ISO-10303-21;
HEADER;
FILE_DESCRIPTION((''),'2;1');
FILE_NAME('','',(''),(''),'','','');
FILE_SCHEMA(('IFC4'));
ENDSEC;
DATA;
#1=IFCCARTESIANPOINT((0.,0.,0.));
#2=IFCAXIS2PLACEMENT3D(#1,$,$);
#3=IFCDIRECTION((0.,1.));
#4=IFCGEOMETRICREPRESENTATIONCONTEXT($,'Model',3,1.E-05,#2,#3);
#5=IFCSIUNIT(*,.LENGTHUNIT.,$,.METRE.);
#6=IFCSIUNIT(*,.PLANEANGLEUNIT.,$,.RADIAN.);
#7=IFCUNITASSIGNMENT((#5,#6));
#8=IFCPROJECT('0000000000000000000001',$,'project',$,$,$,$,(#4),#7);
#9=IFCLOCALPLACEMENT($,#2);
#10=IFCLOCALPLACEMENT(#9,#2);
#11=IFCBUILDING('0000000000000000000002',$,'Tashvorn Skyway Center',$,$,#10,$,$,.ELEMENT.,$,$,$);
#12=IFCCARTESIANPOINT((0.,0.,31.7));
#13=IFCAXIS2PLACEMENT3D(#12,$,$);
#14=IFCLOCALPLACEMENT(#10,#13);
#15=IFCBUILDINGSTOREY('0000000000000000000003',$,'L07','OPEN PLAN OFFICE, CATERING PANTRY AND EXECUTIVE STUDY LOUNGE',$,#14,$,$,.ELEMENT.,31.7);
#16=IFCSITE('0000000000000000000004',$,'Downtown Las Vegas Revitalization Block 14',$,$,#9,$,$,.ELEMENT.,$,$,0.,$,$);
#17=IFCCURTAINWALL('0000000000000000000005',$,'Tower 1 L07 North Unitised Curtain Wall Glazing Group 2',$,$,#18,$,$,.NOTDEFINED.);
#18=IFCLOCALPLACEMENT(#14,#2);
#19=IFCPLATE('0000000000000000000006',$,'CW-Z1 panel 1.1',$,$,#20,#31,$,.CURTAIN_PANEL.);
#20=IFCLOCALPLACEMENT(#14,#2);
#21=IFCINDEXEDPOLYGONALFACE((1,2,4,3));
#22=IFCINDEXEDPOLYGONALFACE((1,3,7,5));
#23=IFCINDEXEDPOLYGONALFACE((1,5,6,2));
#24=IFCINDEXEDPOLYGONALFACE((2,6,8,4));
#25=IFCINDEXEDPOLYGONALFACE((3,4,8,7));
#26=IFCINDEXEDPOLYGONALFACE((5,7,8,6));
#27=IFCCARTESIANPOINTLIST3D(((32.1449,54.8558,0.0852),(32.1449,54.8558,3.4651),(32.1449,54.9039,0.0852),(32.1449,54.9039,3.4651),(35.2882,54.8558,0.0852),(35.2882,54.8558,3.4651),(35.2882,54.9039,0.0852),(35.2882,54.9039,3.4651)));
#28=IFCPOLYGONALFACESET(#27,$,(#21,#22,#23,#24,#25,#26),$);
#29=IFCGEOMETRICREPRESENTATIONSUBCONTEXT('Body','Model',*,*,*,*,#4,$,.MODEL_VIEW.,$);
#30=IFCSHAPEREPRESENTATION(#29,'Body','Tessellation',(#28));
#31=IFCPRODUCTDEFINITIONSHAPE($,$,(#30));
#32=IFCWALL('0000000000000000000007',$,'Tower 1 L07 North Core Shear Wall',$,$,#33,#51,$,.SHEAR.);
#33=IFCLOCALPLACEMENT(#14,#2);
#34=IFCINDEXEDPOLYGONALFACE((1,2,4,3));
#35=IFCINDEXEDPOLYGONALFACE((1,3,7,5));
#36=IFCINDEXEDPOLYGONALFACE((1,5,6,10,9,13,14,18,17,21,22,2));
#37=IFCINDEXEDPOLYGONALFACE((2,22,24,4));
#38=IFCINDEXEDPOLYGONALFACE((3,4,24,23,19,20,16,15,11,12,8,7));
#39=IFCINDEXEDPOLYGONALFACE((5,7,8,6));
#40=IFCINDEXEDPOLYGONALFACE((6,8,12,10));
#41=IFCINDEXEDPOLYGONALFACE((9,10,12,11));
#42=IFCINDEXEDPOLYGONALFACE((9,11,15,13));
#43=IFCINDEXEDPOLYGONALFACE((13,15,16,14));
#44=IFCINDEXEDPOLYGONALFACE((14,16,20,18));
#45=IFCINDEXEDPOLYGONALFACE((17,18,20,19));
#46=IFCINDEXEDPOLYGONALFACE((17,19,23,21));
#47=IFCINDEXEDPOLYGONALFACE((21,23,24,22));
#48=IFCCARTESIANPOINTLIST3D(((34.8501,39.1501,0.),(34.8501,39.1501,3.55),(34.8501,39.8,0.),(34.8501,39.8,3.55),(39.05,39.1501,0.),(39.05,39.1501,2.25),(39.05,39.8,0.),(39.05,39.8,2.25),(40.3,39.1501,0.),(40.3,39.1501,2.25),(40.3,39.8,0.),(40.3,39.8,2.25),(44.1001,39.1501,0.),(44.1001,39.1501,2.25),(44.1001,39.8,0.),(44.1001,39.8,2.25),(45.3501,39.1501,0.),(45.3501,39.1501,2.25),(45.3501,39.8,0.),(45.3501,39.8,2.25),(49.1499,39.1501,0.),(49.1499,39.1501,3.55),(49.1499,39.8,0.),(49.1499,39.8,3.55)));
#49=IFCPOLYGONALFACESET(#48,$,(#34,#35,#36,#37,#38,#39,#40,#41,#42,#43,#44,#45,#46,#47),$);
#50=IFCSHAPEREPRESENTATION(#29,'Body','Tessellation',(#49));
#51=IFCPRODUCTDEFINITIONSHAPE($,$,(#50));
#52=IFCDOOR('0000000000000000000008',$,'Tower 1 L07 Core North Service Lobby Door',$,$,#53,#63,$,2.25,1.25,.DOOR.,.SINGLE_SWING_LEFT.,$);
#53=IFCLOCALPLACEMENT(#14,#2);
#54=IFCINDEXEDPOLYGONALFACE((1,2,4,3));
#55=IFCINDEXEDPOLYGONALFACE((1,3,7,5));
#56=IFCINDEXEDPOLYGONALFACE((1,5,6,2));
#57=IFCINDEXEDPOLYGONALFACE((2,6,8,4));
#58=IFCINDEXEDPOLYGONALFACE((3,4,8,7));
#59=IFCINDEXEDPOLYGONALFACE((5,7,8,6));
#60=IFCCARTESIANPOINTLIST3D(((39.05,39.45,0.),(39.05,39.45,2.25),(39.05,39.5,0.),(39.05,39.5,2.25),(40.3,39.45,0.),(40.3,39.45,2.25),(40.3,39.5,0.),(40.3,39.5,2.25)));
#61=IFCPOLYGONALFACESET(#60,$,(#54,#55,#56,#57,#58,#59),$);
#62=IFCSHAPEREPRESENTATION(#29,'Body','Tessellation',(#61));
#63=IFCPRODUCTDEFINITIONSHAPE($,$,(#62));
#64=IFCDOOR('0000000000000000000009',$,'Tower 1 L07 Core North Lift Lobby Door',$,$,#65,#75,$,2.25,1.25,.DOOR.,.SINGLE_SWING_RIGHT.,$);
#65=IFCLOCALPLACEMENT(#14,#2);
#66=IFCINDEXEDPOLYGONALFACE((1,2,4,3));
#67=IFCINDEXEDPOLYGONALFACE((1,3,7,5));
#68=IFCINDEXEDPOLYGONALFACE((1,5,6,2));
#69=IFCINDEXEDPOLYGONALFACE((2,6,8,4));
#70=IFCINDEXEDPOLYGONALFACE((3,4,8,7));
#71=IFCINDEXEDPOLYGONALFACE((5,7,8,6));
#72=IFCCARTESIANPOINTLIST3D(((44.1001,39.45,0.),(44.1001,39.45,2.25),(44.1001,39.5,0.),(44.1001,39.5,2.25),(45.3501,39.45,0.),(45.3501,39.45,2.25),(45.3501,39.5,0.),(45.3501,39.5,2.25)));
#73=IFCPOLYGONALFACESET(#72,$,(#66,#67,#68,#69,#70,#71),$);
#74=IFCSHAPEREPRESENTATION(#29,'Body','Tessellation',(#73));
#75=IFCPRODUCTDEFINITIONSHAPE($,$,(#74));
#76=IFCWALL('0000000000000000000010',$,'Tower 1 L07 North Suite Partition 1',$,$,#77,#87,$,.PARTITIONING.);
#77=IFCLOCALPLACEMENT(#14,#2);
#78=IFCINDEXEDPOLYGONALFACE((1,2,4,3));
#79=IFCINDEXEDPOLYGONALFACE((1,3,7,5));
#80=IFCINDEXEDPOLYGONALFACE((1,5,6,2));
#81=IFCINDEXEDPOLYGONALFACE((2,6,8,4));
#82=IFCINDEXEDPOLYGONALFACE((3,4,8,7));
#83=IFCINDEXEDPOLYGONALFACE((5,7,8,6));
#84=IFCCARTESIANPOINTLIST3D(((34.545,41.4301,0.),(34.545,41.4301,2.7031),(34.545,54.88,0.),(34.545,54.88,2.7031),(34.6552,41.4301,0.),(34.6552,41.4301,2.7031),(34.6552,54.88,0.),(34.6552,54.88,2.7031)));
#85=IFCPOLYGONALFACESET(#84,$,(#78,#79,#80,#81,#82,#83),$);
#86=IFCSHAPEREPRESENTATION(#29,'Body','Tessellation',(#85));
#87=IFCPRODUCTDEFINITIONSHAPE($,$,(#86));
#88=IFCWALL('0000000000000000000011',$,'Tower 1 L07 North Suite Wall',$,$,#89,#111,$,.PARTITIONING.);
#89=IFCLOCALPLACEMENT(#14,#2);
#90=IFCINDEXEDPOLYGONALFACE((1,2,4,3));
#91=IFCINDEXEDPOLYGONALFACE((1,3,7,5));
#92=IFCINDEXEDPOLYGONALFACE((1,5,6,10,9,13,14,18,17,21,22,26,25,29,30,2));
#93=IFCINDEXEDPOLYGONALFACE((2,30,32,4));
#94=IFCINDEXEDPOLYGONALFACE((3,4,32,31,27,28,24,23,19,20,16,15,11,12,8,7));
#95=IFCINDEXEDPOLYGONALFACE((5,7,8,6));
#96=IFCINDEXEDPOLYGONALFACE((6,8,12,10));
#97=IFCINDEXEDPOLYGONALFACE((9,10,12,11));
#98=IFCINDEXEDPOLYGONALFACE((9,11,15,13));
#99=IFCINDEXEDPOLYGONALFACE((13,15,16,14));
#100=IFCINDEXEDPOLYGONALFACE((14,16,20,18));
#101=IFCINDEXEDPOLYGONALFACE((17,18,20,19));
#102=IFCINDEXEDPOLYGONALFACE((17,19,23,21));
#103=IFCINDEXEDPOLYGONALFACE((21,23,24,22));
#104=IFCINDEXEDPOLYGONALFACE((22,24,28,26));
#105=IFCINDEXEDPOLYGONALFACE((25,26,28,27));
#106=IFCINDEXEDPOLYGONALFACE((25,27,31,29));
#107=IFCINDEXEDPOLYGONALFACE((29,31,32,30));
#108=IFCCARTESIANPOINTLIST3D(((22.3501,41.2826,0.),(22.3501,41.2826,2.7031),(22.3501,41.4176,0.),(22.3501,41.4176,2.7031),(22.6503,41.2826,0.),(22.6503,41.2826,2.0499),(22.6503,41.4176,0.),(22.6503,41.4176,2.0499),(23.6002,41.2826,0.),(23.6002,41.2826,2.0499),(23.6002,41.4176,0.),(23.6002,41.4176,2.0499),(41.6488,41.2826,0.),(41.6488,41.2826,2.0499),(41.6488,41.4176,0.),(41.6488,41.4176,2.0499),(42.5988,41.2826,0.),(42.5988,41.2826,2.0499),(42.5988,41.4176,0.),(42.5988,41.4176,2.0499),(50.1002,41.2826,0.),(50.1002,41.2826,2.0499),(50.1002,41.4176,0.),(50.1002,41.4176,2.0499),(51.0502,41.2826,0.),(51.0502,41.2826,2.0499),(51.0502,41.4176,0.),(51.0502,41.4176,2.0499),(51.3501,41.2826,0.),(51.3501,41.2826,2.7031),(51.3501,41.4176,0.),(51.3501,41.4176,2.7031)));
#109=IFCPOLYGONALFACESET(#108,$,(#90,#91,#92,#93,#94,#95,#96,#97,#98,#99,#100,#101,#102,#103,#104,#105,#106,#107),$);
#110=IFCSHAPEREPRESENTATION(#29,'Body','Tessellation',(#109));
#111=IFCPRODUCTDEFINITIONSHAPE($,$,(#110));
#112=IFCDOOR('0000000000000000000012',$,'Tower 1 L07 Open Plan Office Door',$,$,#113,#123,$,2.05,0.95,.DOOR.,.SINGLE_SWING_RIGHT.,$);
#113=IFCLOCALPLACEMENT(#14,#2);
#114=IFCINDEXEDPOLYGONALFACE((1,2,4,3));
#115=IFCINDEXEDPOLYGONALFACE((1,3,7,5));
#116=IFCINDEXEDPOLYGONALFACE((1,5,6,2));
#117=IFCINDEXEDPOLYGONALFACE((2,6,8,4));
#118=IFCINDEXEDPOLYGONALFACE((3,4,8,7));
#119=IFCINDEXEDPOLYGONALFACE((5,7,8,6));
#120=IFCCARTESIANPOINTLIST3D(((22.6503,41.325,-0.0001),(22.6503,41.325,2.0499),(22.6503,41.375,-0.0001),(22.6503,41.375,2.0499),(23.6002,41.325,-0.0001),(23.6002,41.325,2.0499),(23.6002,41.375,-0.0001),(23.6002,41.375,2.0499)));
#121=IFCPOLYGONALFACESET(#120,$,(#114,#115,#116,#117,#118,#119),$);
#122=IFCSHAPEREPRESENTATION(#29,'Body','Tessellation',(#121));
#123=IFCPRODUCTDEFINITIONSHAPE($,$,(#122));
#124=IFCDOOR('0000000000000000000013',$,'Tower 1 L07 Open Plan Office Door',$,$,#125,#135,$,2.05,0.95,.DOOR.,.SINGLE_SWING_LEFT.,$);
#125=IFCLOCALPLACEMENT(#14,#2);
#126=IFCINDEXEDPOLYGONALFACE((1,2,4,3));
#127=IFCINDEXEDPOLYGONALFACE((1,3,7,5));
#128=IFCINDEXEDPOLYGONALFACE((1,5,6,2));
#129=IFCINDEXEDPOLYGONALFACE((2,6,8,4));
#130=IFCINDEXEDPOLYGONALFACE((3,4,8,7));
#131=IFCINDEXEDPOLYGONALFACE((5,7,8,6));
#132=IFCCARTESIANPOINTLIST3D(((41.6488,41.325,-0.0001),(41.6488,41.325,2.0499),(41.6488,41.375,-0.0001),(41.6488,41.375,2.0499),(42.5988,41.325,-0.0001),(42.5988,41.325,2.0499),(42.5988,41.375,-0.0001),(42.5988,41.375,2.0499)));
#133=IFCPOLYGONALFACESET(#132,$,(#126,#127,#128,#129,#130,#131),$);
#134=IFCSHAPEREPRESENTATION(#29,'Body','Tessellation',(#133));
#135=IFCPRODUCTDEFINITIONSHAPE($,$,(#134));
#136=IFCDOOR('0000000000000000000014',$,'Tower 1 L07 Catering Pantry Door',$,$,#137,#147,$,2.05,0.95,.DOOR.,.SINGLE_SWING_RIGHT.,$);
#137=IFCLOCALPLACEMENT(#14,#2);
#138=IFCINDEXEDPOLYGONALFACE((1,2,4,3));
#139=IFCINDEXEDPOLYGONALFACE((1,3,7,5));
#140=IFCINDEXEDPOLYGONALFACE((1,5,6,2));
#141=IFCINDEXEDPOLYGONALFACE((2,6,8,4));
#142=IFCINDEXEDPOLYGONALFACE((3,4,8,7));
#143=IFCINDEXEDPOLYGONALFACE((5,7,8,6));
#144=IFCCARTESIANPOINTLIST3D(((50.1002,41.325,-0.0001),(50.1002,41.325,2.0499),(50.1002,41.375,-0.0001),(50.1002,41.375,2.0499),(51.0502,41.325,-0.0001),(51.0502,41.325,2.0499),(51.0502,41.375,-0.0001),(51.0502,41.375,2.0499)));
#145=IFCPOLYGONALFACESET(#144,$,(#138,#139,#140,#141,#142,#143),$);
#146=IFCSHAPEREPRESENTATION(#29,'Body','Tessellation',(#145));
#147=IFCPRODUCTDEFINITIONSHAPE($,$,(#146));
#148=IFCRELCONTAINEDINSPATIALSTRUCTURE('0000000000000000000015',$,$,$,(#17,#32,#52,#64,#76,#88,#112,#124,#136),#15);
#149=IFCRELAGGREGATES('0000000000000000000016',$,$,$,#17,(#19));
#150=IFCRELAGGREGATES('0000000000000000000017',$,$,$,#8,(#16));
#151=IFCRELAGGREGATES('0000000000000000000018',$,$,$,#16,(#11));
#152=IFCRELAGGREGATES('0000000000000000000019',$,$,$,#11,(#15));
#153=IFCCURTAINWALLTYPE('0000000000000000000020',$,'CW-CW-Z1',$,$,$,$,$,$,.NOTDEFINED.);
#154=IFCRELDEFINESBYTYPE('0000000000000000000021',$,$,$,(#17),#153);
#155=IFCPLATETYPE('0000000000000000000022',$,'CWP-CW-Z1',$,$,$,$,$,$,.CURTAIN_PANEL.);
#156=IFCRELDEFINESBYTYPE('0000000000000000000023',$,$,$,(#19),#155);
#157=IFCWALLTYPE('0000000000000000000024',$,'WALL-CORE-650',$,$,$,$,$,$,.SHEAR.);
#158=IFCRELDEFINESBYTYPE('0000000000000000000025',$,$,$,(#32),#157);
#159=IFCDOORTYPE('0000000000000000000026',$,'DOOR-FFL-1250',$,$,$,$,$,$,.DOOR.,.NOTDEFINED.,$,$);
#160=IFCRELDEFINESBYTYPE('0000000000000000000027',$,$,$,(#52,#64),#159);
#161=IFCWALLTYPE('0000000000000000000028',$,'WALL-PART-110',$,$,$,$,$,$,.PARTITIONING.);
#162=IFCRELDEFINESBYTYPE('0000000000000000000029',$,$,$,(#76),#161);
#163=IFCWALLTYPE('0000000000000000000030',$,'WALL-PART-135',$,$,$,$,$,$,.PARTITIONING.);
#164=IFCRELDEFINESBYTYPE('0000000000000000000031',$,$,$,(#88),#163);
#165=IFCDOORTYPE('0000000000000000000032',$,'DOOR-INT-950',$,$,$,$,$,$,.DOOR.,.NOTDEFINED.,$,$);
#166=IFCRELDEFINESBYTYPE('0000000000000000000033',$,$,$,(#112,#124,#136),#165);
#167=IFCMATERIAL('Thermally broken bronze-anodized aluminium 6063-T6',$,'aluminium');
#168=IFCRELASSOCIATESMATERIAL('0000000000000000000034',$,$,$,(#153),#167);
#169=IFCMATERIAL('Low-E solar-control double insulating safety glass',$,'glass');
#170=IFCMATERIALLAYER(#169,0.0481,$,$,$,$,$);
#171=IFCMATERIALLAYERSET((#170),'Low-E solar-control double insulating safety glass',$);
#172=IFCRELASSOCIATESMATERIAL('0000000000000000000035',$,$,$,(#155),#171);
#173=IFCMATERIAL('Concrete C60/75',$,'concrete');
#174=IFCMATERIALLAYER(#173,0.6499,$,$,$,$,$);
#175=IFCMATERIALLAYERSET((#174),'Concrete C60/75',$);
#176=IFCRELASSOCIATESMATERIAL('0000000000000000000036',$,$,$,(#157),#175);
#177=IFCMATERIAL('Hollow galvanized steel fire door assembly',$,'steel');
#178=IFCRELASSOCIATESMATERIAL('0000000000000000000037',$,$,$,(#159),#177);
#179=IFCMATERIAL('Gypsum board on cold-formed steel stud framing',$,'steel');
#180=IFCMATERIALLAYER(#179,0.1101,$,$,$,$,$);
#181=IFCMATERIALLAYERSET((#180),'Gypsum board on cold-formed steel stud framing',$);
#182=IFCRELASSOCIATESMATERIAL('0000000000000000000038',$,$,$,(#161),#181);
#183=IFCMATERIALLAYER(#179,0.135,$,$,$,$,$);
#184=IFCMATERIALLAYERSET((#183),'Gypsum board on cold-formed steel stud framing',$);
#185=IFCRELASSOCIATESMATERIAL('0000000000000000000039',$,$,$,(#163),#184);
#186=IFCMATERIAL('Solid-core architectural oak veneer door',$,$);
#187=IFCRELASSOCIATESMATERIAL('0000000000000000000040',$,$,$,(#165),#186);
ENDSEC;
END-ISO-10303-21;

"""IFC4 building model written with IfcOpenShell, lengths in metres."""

from ifc_helpers import new_model, si_unit, direction, frame, frame_2d, origin, origin_2d, place, context, subcontext, project, spatial, rectangle, extrude, material, layer, layer_set, type_object, element, fill, aggregate, save


model = new_model("IFC4")

# Units and contexts
model_context = context("Model", 3, precision=1e-05, world=origin(), true_north=direction((0.0, 1.0)))
body_context = subcontext(model_context, "Body", "Model", "MODEL_VIEW")
ifc_project = project(units=[si_unit("LENGTHUNIT", "METRE"), si_unit("PLANEANGLEUNIT", "RADIAN")], contexts=[model_context])

# Site, building, storey
site_placement = place(None, origin())
site = spatial("IfcSite", under=ifc_project, at=site_placement, Name="Downtown Las Vegas Revitalization Block 14", CompositionType="ELEMENT", RefElevation=0.0)
building_placement = place(site_placement, origin())
building = spatial("IfcBuilding", under=site, at=building_placement, Name="Tashvorn Skyway Center", CompositionType="ELEMENT")
storey_placement = place(building_placement, frame((0.0, 0.0, 31.7)))
storey = spatial("IfcBuildingStorey", under=building, at=storey_placement, Name="L07", Description="OPEN PLAN OFFICE, CATERING PANTRY AND EXECUTIVE STUDY LOUNGE", CompositionType="ELEMENT", Elevation=31.7)

# Shared definitions
ifc_material_1 = material(Name="Thermally broken bronze-anodized aluminium 6063-T6", Category="aluminium")
curtain_wall_type = type_object("IfcCurtainWallType", Name="CW-CW-Z1", PredefinedType="NOTDEFINED", material=ifc_material_1)

# Curtain wall
curtain_wall_1_placement = place(storey_placement, origin())
curtain_wall_1 = element("IfcCurtainWall", 1, at=curtain_wall_1_placement, inside=storey, type_object=curtain_wall_type, Name="Tower 1 L07 North Unitised Curtain Wall Glazing Group 2", PredefinedType="NOTDEFINED")

# Plate
ifc_material_2 = material(Name="Low-E solar-control double insulating safety glass", Category="glass")
ifc_layer_1 = layer(ifc_material_2, 0.0481)
ifc_layer_set_1 = layer_set([ifc_layer_1], Name="Low-E solar-control double insulating safety glass")
plate_type = type_object("IfcPlateType", Name="CWP-CW-Z1", PredefinedType="CURTAIN_PANEL", material=ifc_layer_set_1)
plate_1_placement = place(storey_placement, frame((33.7166, 54.8799, 0.0852), z_axis=(0.0, 0.0, 1.0), x_axis=(1.0, 0.0, 0.0)))
plate_1 = element("IfcPlate", 2, at=plate_1_placement, type_object=plate_type, Name="CW-Z1 panel 1.1", PredefinedType="CURTAIN_PANEL", context=body_context, shape_type="SweptSolid", body=[
    extrude(rectangle(XDim=3.1433, YDim=0.0481, at=origin_2d()), origin(), (0.0, 0.0, 1.0), 3.3799),
])
aggregate(curtain_wall_1, [plate_1])

# Wall, openings, doors
ifc_material_3 = material(Name="Concrete C60/75", Category="concrete")
ifc_layer_2 = layer(ifc_material_3, 0.6499)
ifc_layer_set_2 = layer_set([ifc_layer_2], Name="Concrete C60/75")
wall_type_1 = type_object("IfcWallType", Name="WALL-CORE-650", PredefinedType="SHEAR", material=ifc_layer_set_2)
wall_1_placement = place(storey_placement, frame((34.8501, 39.4751, 0.0), z_axis=(0.0, 0.0, 1.0), x_axis=(1.0, 0.0, 0.0)))
wall_1 = element("IfcWall", 3, at=wall_1_placement, inside=storey, type_object=wall_type_1, Name="Tower 1 L07 North Core Shear Wall", PredefinedType="SHEAR", context=body_context, shape_type="SweptSolid", body=[
    extrude(rectangle(XDim=14.2998, YDim=0.6499, at=frame_2d((7.1499, 0.0))), origin(), (0.0, 0.0, 1.0), 3.55),
])
opening_1_placement = place(wall_1_placement, frame((4.2, 0.0, 0.0)))
opening_1 = element("IfcOpeningElement", 4, at=opening_1_placement, cuts=wall_1, PredefinedType="OPENING", context=body_context, shape_type="SweptSolid", body=[
    extrude(rectangle(XDim=1.25, YDim=2.25, at=frame_2d((0.625, 1.125))), frame((0.0, 0.335, 0.0), z_axis=(0.0, -1.0, 0.0), x_axis=(1.0, 0.0, 0.0)), (0.0, 0.0, 1.0), 0.6699),
])
opening_2_placement = place(wall_1_placement, frame((9.25, 0.0, 0.0)))
opening_2 = element("IfcOpeningElement", 5, at=opening_2_placement, cuts=wall_1, PredefinedType="OPENING", context=body_context, shape_type="SweptSolid", body=[
    extrude(rectangle(XDim=1.25, YDim=2.25, at=frame_2d((0.625, 1.125))), frame((0.0, 0.335, 0.0), z_axis=(0.0, -1.0, 0.0), x_axis=(1.0, 0.0, 0.0)), (0.0, 0.0, 1.0), 0.6699),
])
ifc_material_4 = material(Name="Hollow galvanized steel fire door assembly", Category="steel")
door_type_1 = type_object("IfcDoorType", Name="DOOR-FFL-1250", OperationType="NOTDEFINED", PredefinedType="DOOR", material=ifc_material_4)
door_1_placement = place(opening_1_placement, origin())
door_1 = element("IfcDoor", 6, at=door_1_placement, inside=storey, type_object=door_type_1, Name="Tower 1 L07 Core North Service Lobby Door", OperationType="SINGLE_SWING_LEFT", OverallHeight=2.25, OverallWidth=1.25, PredefinedType="DOOR", context=body_context, shape_type="SweptSolid", body=[
    extrude(rectangle(XDim=1.25, YDim=2.25, at=frame_2d((0.625, 1.125))), frame((0.0, 0.0249, 0.0), z_axis=(0.0, -1.0, 0.0), x_axis=(1.0, 0.0, 0.0)), (0.0, 0.0, 1.0), 0.05),
])
fill(opening_1, door_1)
door_2_placement = place(opening_2_placement, origin())
door_2 = element("IfcDoor", 7, at=door_2_placement, inside=storey, type_object=door_type_1, Name="Tower 1 L07 Core North Lift Lobby Door", OperationType="SINGLE_SWING_RIGHT", OverallHeight=2.25, OverallWidth=1.25, PredefinedType="DOOR", context=body_context, shape_type="SweptSolid", body=[
    extrude(rectangle(XDim=1.25, YDim=2.25, at=frame_2d((0.625, 1.125))), frame((0.0, 0.0249, 0.0), z_axis=(0.0, -1.0, 0.0), x_axis=(1.0, 0.0, 0.0)), (0.0, 0.0, 1.0), 0.05),
])
fill(opening_2, door_2)

# Wall
ifc_material_5 = material(Name="Gypsum board on cold-formed steel stud framing", Category="steel")
ifc_layer_3 = layer(ifc_material_5, 0.1101)
ifc_layer_set_3 = layer_set([ifc_layer_3], Name="Gypsum board on cold-formed steel stud framing")
wall_type_2 = type_object("IfcWallType", Name="WALL-PART-110", PredefinedType="PARTITIONING", material=ifc_layer_set_3)
wall_2_placement = place(storey_placement, frame((34.6001, 41.4299, 0.0), z_axis=(0.0, 0.0, 1.0), x_axis=(0.0, 1.0, 0.0)))
element("IfcWall", 8, at=wall_2_placement, inside=storey, type_object=wall_type_2, Name="Tower 1 L07 North Suite Partition 1", PredefinedType="PARTITIONING", context=body_context, shape_type="SweptSolid", body=[
    extrude(rectangle(XDim=13.45, YDim=0.1101, at=frame_2d((6.7251, 0.0))), origin(), (0.0, 0.0, 1.0), 2.7031),
])

# Wall, openings, doors
ifc_layer_4 = layer(ifc_material_5, 0.135)
ifc_layer_set_4 = layer_set([ifc_layer_4], Name="Gypsum board on cold-formed steel stud framing")
wall_type_3 = type_object("IfcWallType", Name="WALL-PART-135", PredefinedType="PARTITIONING", material=ifc_layer_set_4)
wall_3_placement = place(storey_placement, frame((22.3501, 41.3501, 0.0), z_axis=(0.0, 0.0, 1.0), x_axis=(1.0, 0.0, 0.0)))
wall_3 = element("IfcWall", 9, at=wall_3_placement, inside=storey, type_object=wall_type_3, Name="Tower 1 L07 North Suite Wall", PredefinedType="PARTITIONING", context=body_context, shape_type="SweptSolid", body=[
    extrude(rectangle(XDim=29.0, YDim=0.135, at=frame_2d((14.5, 0.0))), origin(), (0.0, 0.0, 1.0), 2.7031),
])
opening_3_placement = place(wall_3_placement, frame((0.3, 0.0, 0.0)))
opening_3 = element("IfcOpeningElement", 10, at=opening_3_placement, cuts=wall_3, PredefinedType="OPENING", context=body_context, shape_type="SweptSolid", body=[
    extrude(rectangle(XDim=0.95, YDim=2.05, at=frame_2d((0.4751, 1.0249))), frame((0.0, 0.0774, 0.0), z_axis=(0.0, -1.0, 0.0), x_axis=(1.0, 0.0, 0.0)), (0.0, 0.0, 1.0), 0.155),
])
opening_4_placement = place(wall_3_placement, frame((19.2986, 0.0, 0.0)))
opening_4 = element("IfcOpeningElement", 11, at=opening_4_placement, cuts=wall_3, PredefinedType="OPENING", context=body_context, shape_type="SweptSolid", body=[
    extrude(rectangle(XDim=0.95, YDim=2.05, at=frame_2d((0.4751, 1.0249))), frame((0.0, 0.0774, 0.0), z_axis=(0.0, -1.0, 0.0), x_axis=(1.0, 0.0, 0.0)), (0.0, 0.0, 1.0), 0.155),
])
opening_5_placement = place(wall_3_placement, frame((27.75, 0.0, 0.0)))
opening_5 = element("IfcOpeningElement", 12, at=opening_5_placement, cuts=wall_3, PredefinedType="OPENING", context=body_context, shape_type="SweptSolid", body=[
    extrude(rectangle(XDim=0.95, YDim=2.05, at=frame_2d((0.4751, 1.0249))), frame((0.0, 0.0774, 0.0), z_axis=(0.0, -1.0, 0.0), x_axis=(1.0, 0.0, 0.0)), (0.0, 0.0, 1.0), 0.155),
])
ifc_material_6 = material(Name="Solid-core architectural oak veneer door")
door_type_2 = type_object("IfcDoorType", Name="DOOR-INT-950", OperationType="NOTDEFINED", PredefinedType="DOOR", material=ifc_material_6)
door_3_placement = place(opening_3_placement, origin())
door_3 = element("IfcDoor", 13, at=door_3_placement, inside=storey, type_object=door_type_2, Name="Tower 1 L07 Open Plan Office Door", OperationType="SINGLE_SWING_RIGHT", OverallHeight=2.05, OverallWidth=0.95, PredefinedType="DOOR", context=body_context, shape_type="SweptSolid", body=[
    extrude(rectangle(XDim=0.95, YDim=2.05, at=frame_2d((0.4751, 1.0249))), frame((0.0, 0.0249, 0.0), z_axis=(0.0, -1.0, 0.0), x_axis=(1.0, 0.0, 0.0)), (0.0, 0.0, 1.0), 0.05),
])
fill(opening_3, door_3)
door_4_placement = place(opening_4_placement, origin())
door_4 = element("IfcDoor", 14, at=door_4_placement, inside=storey, type_object=door_type_2, Name="Tower 1 L07 Open Plan Office Door", OperationType="SINGLE_SWING_LEFT", OverallHeight=2.05, OverallWidth=0.95, PredefinedType="DOOR", context=body_context, shape_type="SweptSolid", body=[
    extrude(rectangle(XDim=0.95, YDim=2.05, at=frame_2d((0.4751, 1.0249))), frame((0.0, 0.0249, 0.0), z_axis=(0.0, -1.0, 0.0), x_axis=(1.0, 0.0, 0.0)), (0.0, 0.0, 1.0), 0.05),
])
fill(opening_4, door_4)
door_5_placement = place(opening_5_placement, origin())
door_5 = element("IfcDoor", 15, at=door_5_placement, inside=storey, type_object=door_type_2, Name="Tower 1 L07 Catering Pantry Door", OperationType="SINGLE_SWING_RIGHT", OverallHeight=2.05, OverallWidth=0.95, PredefinedType="DOOR", context=body_context, shape_type="SweptSolid", body=[
    extrude(rectangle(XDim=0.95, YDim=2.05, at=frame_2d((0.4751, 1.0249))), frame((0.0, 0.0249, 0.0), z_axis=(0.0, -1.0, 0.0), x_axis=(1.0, 0.0, 0.0)), (0.0, 0.0, 1.0), 0.05),
])
fill(opening_5, door_5)

save(model, "model.ifc")
